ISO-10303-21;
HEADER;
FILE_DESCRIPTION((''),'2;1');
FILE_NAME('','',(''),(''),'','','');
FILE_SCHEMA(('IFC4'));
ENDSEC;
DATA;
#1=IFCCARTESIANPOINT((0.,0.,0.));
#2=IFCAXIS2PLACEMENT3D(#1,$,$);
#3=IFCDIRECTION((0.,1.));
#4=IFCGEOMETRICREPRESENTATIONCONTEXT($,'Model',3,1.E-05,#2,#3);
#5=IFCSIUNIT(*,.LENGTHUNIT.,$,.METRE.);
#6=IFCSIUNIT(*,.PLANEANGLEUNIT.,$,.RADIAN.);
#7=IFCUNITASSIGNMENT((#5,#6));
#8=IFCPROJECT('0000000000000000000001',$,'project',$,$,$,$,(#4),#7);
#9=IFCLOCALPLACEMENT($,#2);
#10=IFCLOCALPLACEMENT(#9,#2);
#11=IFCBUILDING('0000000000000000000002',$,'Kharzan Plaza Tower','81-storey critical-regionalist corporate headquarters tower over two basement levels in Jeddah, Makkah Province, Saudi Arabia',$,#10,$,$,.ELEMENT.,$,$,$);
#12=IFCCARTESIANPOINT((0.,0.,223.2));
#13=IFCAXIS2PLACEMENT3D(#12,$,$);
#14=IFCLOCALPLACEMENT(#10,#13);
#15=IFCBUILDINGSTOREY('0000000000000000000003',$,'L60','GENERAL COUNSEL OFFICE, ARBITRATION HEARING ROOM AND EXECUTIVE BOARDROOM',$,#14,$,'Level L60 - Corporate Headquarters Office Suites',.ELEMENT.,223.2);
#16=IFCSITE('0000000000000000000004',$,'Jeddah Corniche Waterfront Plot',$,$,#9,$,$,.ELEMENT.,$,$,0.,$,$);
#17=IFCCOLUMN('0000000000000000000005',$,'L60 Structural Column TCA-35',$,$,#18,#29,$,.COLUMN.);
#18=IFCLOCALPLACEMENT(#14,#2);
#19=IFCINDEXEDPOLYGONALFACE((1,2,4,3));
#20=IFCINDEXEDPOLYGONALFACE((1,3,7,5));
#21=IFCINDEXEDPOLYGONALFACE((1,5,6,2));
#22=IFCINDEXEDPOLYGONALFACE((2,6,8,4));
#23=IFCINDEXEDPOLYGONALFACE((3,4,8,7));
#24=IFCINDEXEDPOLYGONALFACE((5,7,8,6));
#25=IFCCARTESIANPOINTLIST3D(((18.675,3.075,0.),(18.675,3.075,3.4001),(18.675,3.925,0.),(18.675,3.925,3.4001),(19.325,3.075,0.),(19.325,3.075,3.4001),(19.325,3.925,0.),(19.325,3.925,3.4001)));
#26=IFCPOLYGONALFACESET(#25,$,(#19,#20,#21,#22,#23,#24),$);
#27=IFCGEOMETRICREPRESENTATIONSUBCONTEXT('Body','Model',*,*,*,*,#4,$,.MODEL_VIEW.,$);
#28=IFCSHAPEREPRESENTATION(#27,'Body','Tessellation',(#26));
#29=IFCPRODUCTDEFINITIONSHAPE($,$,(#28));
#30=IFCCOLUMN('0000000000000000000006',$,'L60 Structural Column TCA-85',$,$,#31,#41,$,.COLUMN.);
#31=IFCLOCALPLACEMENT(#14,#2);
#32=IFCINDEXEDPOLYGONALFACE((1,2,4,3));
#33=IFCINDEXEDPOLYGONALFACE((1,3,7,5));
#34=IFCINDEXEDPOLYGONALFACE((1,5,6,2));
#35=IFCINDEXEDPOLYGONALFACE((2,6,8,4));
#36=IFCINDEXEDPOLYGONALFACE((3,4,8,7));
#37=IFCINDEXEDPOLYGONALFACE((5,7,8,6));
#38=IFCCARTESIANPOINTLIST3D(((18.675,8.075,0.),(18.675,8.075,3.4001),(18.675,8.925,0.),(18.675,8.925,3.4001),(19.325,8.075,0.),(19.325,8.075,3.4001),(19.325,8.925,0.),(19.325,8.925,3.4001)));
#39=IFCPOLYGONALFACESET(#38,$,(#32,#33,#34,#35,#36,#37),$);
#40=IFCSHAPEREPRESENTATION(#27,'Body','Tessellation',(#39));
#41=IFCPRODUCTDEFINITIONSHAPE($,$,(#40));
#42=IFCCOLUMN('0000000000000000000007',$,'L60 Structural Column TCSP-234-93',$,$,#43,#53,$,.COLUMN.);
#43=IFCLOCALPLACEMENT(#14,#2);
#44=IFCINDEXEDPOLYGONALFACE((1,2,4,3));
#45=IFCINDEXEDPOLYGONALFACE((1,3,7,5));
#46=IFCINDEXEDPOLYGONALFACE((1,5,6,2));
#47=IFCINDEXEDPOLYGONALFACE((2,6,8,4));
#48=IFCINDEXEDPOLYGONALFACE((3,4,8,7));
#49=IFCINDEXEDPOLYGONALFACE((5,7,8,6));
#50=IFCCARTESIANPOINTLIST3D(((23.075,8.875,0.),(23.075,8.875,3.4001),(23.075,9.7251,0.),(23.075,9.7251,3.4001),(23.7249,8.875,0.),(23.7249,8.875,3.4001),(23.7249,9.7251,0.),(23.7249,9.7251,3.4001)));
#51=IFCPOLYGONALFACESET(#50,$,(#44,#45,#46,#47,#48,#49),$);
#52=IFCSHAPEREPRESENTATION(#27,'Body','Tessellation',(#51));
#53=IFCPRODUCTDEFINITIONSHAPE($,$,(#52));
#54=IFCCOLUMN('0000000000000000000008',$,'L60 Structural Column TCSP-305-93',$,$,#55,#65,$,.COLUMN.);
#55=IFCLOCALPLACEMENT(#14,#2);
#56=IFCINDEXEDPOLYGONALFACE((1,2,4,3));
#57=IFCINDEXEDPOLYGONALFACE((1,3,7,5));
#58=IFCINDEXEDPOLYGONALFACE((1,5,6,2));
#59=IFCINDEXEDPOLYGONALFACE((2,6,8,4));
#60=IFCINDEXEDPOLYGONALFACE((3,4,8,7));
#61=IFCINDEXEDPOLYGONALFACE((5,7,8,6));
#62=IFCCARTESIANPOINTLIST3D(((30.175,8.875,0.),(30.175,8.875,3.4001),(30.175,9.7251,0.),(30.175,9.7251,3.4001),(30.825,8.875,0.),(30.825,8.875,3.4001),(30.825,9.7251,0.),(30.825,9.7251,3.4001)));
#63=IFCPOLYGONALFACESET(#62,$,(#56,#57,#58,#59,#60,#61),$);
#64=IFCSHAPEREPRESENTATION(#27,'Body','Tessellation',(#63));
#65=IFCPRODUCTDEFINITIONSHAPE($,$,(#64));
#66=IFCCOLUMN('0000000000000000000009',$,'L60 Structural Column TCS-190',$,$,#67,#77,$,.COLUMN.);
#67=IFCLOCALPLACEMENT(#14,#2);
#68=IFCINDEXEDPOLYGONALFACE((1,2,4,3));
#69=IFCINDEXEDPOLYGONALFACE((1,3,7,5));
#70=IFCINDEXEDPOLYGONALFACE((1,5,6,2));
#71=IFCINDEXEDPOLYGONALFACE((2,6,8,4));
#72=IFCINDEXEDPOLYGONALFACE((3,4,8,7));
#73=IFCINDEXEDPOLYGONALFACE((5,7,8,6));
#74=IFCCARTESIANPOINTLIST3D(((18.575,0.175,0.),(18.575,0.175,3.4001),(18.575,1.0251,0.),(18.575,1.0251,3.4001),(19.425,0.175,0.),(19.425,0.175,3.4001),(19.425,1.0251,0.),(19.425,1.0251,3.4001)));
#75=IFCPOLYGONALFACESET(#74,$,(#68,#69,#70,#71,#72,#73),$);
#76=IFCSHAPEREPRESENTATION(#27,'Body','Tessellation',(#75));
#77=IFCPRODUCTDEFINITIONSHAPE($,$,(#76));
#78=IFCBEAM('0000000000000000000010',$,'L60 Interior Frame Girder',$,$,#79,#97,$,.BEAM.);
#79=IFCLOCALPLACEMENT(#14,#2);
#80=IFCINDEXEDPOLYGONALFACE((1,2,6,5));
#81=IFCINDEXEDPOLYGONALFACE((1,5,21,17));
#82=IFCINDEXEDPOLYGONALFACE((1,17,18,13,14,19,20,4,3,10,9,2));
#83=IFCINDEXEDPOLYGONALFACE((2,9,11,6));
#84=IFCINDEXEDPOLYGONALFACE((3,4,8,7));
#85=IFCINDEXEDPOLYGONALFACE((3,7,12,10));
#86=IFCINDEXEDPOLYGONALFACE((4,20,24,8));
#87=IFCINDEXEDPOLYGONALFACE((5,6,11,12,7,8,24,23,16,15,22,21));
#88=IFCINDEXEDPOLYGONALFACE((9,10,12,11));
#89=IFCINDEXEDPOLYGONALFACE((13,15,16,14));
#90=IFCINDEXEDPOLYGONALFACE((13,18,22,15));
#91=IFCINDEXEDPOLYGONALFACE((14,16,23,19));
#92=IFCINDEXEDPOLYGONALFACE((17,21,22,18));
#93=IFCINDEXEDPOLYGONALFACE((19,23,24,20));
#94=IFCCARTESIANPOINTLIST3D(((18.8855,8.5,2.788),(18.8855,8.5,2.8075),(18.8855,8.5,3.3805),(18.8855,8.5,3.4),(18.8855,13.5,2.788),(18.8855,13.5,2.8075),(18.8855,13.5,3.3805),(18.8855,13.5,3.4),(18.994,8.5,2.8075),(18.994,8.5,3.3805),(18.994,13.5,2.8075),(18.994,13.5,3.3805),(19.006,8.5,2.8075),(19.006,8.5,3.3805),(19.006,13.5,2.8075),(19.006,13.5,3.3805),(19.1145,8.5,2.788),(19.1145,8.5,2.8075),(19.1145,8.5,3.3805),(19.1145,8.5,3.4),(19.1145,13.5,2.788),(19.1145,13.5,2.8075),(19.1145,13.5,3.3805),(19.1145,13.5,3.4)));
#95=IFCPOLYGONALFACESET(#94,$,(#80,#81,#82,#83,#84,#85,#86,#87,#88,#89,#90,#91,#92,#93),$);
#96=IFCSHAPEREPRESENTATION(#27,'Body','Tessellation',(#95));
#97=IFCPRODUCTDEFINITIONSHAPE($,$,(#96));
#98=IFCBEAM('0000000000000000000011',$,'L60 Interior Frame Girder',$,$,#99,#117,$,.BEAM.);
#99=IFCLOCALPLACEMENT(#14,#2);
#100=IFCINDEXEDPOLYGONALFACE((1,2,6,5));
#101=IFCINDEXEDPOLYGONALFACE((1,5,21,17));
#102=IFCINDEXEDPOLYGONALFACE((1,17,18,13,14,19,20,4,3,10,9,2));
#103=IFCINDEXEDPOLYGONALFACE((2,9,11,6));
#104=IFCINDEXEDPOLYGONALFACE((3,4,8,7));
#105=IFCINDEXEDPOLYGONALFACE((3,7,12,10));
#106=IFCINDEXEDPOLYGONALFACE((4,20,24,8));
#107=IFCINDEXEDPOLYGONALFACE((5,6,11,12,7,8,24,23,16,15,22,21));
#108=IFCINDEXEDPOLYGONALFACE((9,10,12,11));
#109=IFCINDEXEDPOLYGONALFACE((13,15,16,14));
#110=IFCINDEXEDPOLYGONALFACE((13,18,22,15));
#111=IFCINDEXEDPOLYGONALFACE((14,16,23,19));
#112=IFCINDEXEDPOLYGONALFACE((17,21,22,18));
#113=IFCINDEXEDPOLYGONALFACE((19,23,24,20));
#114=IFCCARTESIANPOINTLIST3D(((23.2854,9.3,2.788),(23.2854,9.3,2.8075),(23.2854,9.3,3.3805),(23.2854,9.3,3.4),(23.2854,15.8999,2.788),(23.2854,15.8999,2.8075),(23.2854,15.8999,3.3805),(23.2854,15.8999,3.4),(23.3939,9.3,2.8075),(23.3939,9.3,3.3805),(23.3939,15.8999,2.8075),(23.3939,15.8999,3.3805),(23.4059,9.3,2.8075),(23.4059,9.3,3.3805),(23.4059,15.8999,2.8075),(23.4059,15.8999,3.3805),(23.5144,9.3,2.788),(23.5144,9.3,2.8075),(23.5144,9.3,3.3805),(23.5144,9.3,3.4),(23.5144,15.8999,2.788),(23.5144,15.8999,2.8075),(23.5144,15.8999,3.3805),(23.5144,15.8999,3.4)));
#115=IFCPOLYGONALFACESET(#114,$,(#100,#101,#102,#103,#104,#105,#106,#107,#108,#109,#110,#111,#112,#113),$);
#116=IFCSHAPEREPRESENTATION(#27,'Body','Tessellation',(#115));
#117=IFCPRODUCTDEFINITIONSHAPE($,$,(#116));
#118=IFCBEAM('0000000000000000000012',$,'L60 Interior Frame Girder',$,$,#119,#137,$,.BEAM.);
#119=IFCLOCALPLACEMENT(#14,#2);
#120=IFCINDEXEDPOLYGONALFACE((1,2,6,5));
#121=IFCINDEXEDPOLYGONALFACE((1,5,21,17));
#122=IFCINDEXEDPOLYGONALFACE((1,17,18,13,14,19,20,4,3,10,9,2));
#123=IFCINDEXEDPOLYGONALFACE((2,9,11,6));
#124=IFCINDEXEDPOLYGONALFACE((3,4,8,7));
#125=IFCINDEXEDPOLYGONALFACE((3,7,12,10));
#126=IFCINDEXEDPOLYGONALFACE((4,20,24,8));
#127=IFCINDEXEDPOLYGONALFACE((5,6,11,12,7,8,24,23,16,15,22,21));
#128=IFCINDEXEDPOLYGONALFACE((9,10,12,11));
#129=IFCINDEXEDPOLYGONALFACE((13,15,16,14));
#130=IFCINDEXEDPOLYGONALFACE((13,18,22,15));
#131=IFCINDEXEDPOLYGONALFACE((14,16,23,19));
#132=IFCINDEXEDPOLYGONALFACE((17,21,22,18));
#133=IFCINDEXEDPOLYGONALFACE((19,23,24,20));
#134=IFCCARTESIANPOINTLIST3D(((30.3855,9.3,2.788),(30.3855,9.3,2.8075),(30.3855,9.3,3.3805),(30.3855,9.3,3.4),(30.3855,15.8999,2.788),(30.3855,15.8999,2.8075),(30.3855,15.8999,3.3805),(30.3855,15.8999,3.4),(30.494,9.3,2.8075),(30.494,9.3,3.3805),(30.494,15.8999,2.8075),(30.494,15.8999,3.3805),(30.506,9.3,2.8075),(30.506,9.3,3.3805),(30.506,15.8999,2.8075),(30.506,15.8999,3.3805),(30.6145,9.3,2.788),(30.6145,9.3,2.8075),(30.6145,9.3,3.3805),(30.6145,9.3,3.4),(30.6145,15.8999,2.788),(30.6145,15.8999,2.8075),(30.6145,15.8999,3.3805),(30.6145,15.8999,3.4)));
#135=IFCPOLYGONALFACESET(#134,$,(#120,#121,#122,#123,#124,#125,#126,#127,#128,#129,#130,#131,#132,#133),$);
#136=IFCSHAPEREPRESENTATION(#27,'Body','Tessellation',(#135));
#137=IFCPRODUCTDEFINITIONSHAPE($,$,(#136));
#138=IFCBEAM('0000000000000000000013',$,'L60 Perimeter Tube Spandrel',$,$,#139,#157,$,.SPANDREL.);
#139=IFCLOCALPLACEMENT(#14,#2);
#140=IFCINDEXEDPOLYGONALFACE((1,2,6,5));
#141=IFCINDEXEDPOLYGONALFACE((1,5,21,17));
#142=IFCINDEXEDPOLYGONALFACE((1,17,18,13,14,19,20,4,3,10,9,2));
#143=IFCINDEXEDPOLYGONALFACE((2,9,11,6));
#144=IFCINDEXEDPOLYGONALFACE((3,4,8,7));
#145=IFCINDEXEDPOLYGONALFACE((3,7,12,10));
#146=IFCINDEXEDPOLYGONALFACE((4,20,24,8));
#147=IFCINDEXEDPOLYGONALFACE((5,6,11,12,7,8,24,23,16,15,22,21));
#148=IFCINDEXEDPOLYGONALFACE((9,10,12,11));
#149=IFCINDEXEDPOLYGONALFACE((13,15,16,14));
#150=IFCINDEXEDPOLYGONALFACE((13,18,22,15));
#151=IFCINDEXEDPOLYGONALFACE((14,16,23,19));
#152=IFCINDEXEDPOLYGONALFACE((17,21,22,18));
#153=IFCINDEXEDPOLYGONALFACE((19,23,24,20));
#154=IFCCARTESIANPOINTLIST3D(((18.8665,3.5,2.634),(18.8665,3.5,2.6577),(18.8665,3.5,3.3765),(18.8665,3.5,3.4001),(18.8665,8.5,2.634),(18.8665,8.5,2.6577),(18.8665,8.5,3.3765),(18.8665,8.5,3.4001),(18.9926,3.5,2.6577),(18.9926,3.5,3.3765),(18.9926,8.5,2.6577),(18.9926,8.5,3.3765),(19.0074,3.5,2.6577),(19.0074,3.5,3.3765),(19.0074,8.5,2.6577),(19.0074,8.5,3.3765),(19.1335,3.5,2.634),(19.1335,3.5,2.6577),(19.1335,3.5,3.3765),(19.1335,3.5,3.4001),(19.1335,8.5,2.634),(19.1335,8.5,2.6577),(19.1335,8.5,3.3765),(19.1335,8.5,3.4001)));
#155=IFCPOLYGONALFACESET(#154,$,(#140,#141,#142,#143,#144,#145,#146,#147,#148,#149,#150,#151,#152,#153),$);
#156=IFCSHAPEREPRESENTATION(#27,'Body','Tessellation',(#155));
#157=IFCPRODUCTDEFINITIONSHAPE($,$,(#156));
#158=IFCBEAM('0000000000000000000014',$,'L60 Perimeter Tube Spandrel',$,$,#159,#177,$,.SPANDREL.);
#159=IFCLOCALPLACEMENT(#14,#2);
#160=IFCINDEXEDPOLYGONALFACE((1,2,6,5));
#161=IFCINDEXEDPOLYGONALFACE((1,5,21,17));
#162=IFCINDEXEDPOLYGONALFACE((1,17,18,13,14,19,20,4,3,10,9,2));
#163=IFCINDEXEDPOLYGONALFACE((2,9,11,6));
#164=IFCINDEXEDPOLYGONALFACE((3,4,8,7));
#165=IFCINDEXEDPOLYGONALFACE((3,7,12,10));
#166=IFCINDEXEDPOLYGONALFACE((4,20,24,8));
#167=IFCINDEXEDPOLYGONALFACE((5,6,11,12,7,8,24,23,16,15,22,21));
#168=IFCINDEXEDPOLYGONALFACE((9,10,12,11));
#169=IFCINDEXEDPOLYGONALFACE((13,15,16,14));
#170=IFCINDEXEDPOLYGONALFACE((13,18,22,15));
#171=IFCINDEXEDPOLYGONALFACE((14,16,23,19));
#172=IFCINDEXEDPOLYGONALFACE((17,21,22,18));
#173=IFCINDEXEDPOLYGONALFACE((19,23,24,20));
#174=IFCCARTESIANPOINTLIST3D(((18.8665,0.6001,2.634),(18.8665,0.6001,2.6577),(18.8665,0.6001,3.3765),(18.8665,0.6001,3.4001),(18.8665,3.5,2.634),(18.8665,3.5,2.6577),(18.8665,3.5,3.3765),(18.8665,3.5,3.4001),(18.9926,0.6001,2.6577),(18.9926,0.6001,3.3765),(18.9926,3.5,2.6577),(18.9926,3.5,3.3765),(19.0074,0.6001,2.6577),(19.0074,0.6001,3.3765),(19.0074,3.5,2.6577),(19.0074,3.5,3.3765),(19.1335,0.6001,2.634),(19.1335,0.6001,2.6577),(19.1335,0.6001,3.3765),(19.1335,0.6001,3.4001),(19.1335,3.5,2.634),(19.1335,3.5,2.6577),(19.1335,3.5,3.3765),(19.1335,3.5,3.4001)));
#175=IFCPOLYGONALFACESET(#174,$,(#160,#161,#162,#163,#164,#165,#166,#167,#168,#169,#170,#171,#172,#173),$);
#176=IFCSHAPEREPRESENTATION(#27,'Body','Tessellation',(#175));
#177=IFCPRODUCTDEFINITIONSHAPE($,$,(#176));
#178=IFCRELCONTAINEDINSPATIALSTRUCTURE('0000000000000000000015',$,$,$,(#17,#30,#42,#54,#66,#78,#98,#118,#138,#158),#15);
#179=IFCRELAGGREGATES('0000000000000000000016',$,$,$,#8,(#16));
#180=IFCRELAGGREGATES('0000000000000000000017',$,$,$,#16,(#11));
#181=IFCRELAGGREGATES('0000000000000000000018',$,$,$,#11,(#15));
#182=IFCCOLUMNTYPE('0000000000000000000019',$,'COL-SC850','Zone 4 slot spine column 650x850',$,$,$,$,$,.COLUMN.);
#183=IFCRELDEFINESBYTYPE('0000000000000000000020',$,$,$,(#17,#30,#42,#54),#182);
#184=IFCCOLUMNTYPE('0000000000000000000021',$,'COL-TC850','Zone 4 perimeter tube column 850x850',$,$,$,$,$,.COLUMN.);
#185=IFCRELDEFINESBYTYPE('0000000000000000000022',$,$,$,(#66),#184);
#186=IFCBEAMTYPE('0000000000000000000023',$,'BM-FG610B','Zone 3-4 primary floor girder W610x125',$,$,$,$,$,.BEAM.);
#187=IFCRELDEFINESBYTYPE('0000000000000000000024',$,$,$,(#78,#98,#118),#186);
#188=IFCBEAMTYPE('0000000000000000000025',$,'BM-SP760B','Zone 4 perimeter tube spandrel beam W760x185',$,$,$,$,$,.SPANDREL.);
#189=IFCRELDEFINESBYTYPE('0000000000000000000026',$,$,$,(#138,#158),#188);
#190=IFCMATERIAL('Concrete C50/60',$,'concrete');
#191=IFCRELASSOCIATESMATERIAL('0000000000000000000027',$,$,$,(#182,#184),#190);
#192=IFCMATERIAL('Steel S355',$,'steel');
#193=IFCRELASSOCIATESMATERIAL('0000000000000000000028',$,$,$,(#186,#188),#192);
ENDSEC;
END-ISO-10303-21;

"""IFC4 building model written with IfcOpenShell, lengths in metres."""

from ifc_helpers import new_model, si_unit, direction, frame, origin, origin_2d, place, context, subcontext, project, spatial, rectangle, i_section, extrude, source, transform, mapped, material, material_profile, profile_set, type_object, element, save


model = new_model("IFC4")

# Units and contexts
model_context = context("Model", 3, precision=1e-05, world=origin(), true_north=direction((0.0, 1.0)))
body_context = subcontext(model_context, "Body", "Model", "MODEL_VIEW")
ifc_project = project(units=[si_unit("LENGTHUNIT", "METRE"), si_unit("PLANEANGLEUNIT", "RADIAN")], contexts=[model_context])

# Site, building, storey
site_placement = place(None, origin())
site = spatial("IfcSite", under=ifc_project, at=site_placement, Name="Jeddah Corniche Waterfront Plot", CompositionType="ELEMENT", RefElevation=0.0)
building_placement = place(site_placement, origin())
building = spatial("IfcBuilding", under=site, at=building_placement, Name="Kharzan Plaza Tower", Description="81-storey critical-regionalist corporate headquarters tower over two basement levels in Jeddah, Makkah Province, Saudi Arabia", CompositionType="ELEMENT")
storey_placement = place(building_placement, frame((0.0, 0.0, 223.2)))
storey = spatial("IfcBuildingStorey", under=building, at=storey_placement, Name="L60", Description="GENERAL COUNSEL OFFICE, ARBITRATION HEARING ROOM AND EXECUTIVE BOARDROOM", LongName="Level L60 - Corporate Headquarters Office Suites", CompositionType="ELEMENT", Elevation=223.2)

# Columns
ifc_material_1 = material(Name="Concrete C50/60", Category="concrete")
ifc_material_profile_1 = material_profile(ifc_material_1, rectangle(XDim=0.6499, YDim=0.8501, at=origin_2d()), Name="RC-SC850x650")
ifc_profile_set_1 = profile_set([ifc_material_profile_1], Name="Concrete C50/60")
column_type_1 = type_object("IfcColumnType", Name="COL-SC850", Description="Zone 4 slot spine column 650x850", PredefinedType="COLUMN", material=ifc_profile_set_1)
shared_shape_1 = source(origin(), body_context, "Body", "SweptSolid", [
    extrude(rectangle(XDim=0.6499, YDim=0.8501, at=origin_2d()), origin(), (0.0, 0.0, 1.0), 3.4001),
])
for number, where, z_axis, x_axis, name in (
    (1, (19.0, 3.5, 0.0), (0.0, 0.0, 1.0), (1.0, 0.0, 0.0), "L60 Structural Column TCA-35"),
    (2, (19.0, 8.5, 0.0), (0.0, 0.0, 1.0), (1.0, 0.0, 0.0), "L60 Structural Column TCA-85"),
    (3, (23.3999, 9.3, 0.0), (0.0, 0.0, 1.0), (1.0, 0.0, 0.0), "L60 Structural Column TCSP-234-93"),
    (4, (30.5, 9.3, 0.0), (0.0, 0.0, 1.0), (1.0, 0.0, 0.0), "L60 Structural Column TCSP-305-93"),
):
    element("IfcColumn", number, at=place(storey_placement, frame(where, z_axis=z_axis, x_axis=x_axis)), inside=storey, type_object=column_type_1, Name=name, PredefinedType="COLUMN", context=body_context, shape_type="MappedRepresentation", body=[
        mapped(shared_shape_1, transform((0.0, 0.0, 0.0), x_axis=(1.0, 0.0, 0.0), y_axis=(0.0, 1.0, 0.0), z_axis=(0.0, 0.0, 1.0))),
    ])
ifc_material_profile_2 = material_profile(ifc_material_1, rectangle(XDim=0.8501, YDim=0.8501, at=origin_2d()), Name="RC-TC850x850")
ifc_profile_set_2 = profile_set([ifc_material_profile_2], Name="Concrete C50/60")
column_type_2 = type_object("IfcColumnType", Name="COL-TC850", Description="Zone 4 perimeter tube column 850x850", PredefinedType="COLUMN", material=ifc_profile_set_2)
shared_shape_2 = source(origin(), body_context, "Body", "SweptSolid", [
    extrude(rectangle(XDim=0.8501, YDim=0.8501, at=origin_2d()), origin(), (0.0, 0.0, 1.0), 3.4001),
])
column_placement = place(storey_placement, frame((19.0, 0.6001, 0.0), z_axis=(0.0, 0.0, 1.0), x_axis=(1.0, 0.0, 0.0)))
element("IfcColumn", 5, at=column_placement, inside=storey, type_object=column_type_2, Name="L60 Structural Column TCS-190", PredefinedType="COLUMN", context=body_context, shape_type="MappedRepresentation", body=[
    mapped(shared_shape_2, transform((0.0, 0.0, 0.0), x_axis=(1.0, 0.0, 0.0), y_axis=(0.0, 1.0, 0.0), z_axis=(0.0, 0.0, 1.0))),
])

# Beams
ifc_material_2 = material(Name="Steel S355", Category="steel")
ifc_material_profile_3 = material_profile(ifc_material_2, i_section(OverallWidth=0.229, OverallDepth=0.6121, WebThickness=0.012, FlangeThickness=0.0195, at=origin_2d()), Name="W610x125")
ifc_profile_set_3 = profile_set([ifc_material_profile_3], Name="Steel S355")
beam_type_1 = type_object("IfcBeamType", Name="BM-FG610B", Description="Zone 3-4 primary floor girder W610x125", PredefinedType="BEAM", material=ifc_profile_set_3)
shared_shape_3 = source(origin(), body_context, "Body", "SweptSolid", [
    extrude(i_section(OverallWidth=0.229, OverallDepth=0.6121, WebThickness=0.012, FlangeThickness=0.0195, at=origin_2d()), origin(), (0.0, 0.0, 1.0), 5.0),
])
beam_1_placement = place(storey_placement, frame((19.0, 8.5, 3.094), z_axis=(0.0, 1.0, 0.0), x_axis=(-1.0, 0.0, 0.0)))
element("IfcBeam", 6, at=beam_1_placement, inside=storey, type_object=beam_type_1, Name="L60 Interior Frame Girder", PredefinedType="BEAM", context=body_context, shape_type="MappedRepresentation", body=[
    mapped(shared_shape_3, transform((0.0, 0.0, 0.0), x_axis=(1.0, 0.0, 0.0), y_axis=(0.0, 1.0, 0.0), z_axis=(0.0, 0.0, 1.0))),
])
shared_shape_4 = source(origin(), body_context, "Body", "SweptSolid", [
    extrude(i_section(OverallWidth=0.229, OverallDepth=0.6121, WebThickness=0.012, FlangeThickness=0.0195, at=origin_2d()), origin(), (0.0, 0.0, 1.0), 6.5999),
])
for number, where, z_axis, x_axis, name in (
    (7, (23.3999, 9.3, 3.094), (0.0, 1.0, 0.0), (-1.0, 0.0, 0.0), "L60 Interior Frame Girder"),
    (8, (30.5, 9.3, 3.094), (0.0, 1.0, 0.0), (-1.0, 0.0, 0.0), "L60 Interior Frame Girder"),
):
    element("IfcBeam", number, at=place(storey_placement, frame(where, z_axis=z_axis, x_axis=x_axis)), inside=storey, type_object=beam_type_1, Name=name, PredefinedType="BEAM", context=body_context, shape_type="MappedRepresentation", body=[
        mapped(shared_shape_4, transform((0.0, 0.0, 0.0), x_axis=(1.0, 0.0, 0.0), y_axis=(0.0, 1.0, 0.0), z_axis=(0.0, 0.0, 1.0))),
    ])
ifc_material_profile_4 = material_profile(ifc_material_2, i_section(OverallWidth=0.2671, OverallDepth=0.7661, WebThickness=0.0149, FlangeThickness=0.0237, at=origin_2d()), Name="W760x185")
ifc_profile_set_4 = profile_set([ifc_material_profile_4], Name="Steel S355")
beam_type_2 = type_object("IfcBeamType", Name="BM-SP760B", Description="Zone 4 perimeter tube spandrel beam W760x185", PredefinedType="SPANDREL", material=ifc_profile_set_4)
shared_shape_5 = source(origin(), body_context, "Body", "SweptSolid", [
    extrude(i_section(OverallWidth=0.2671, OverallDepth=0.7661, WebThickness=0.0149, FlangeThickness=0.0237, at=origin_2d()), origin(), (0.0, 0.0, 1.0), 5.0),
])
beam_2_placement = place(storey_placement, frame((19.0, 3.5, 3.0171), z_axis=(0.0, 1.0, 0.0), x_axis=(-1.0, 0.0, 0.0)))
element("IfcBeam", 9, at=beam_2_placement, inside=storey, type_object=beam_type_2, Name="L60 Perimeter Tube Spandrel", PredefinedType="SPANDREL", context=body_context, shape_type="MappedRepresentation", body=[
    mapped(shared_shape_5, transform((0.0, 0.0, 0.0), x_axis=(1.0, 0.0, 0.0), y_axis=(0.0, 1.0, 0.0), z_axis=(0.0, 0.0, 1.0))),
])
shared_shape_6 = source(origin(), body_context, "Body", "SweptSolid", [
    extrude(i_section(OverallWidth=0.2671, OverallDepth=0.7661, WebThickness=0.0149, FlangeThickness=0.0237, at=origin_2d()), origin(), (0.0, 0.0, 1.0), 2.8999),
])
beam_3_placement = place(storey_placement, frame((19.0, 0.6001, 3.0171), z_axis=(0.0, 1.0, 0.0), x_axis=(-1.0, 0.0, 0.0)))
element("IfcBeam", 10, at=beam_3_placement, inside=storey, type_object=beam_type_2, Name="L60 Perimeter Tube Spandrel", PredefinedType="SPANDREL", context=body_context, shape_type="MappedRepresentation", body=[
    mapped(shared_shape_6, transform((0.0, 0.0, 0.0), x_axis=(1.0, 0.0, 0.0), y_axis=(0.0, 1.0, 0.0), z_axis=(0.0, 0.0, 1.0))),
])

save(model, "model.ifc")
